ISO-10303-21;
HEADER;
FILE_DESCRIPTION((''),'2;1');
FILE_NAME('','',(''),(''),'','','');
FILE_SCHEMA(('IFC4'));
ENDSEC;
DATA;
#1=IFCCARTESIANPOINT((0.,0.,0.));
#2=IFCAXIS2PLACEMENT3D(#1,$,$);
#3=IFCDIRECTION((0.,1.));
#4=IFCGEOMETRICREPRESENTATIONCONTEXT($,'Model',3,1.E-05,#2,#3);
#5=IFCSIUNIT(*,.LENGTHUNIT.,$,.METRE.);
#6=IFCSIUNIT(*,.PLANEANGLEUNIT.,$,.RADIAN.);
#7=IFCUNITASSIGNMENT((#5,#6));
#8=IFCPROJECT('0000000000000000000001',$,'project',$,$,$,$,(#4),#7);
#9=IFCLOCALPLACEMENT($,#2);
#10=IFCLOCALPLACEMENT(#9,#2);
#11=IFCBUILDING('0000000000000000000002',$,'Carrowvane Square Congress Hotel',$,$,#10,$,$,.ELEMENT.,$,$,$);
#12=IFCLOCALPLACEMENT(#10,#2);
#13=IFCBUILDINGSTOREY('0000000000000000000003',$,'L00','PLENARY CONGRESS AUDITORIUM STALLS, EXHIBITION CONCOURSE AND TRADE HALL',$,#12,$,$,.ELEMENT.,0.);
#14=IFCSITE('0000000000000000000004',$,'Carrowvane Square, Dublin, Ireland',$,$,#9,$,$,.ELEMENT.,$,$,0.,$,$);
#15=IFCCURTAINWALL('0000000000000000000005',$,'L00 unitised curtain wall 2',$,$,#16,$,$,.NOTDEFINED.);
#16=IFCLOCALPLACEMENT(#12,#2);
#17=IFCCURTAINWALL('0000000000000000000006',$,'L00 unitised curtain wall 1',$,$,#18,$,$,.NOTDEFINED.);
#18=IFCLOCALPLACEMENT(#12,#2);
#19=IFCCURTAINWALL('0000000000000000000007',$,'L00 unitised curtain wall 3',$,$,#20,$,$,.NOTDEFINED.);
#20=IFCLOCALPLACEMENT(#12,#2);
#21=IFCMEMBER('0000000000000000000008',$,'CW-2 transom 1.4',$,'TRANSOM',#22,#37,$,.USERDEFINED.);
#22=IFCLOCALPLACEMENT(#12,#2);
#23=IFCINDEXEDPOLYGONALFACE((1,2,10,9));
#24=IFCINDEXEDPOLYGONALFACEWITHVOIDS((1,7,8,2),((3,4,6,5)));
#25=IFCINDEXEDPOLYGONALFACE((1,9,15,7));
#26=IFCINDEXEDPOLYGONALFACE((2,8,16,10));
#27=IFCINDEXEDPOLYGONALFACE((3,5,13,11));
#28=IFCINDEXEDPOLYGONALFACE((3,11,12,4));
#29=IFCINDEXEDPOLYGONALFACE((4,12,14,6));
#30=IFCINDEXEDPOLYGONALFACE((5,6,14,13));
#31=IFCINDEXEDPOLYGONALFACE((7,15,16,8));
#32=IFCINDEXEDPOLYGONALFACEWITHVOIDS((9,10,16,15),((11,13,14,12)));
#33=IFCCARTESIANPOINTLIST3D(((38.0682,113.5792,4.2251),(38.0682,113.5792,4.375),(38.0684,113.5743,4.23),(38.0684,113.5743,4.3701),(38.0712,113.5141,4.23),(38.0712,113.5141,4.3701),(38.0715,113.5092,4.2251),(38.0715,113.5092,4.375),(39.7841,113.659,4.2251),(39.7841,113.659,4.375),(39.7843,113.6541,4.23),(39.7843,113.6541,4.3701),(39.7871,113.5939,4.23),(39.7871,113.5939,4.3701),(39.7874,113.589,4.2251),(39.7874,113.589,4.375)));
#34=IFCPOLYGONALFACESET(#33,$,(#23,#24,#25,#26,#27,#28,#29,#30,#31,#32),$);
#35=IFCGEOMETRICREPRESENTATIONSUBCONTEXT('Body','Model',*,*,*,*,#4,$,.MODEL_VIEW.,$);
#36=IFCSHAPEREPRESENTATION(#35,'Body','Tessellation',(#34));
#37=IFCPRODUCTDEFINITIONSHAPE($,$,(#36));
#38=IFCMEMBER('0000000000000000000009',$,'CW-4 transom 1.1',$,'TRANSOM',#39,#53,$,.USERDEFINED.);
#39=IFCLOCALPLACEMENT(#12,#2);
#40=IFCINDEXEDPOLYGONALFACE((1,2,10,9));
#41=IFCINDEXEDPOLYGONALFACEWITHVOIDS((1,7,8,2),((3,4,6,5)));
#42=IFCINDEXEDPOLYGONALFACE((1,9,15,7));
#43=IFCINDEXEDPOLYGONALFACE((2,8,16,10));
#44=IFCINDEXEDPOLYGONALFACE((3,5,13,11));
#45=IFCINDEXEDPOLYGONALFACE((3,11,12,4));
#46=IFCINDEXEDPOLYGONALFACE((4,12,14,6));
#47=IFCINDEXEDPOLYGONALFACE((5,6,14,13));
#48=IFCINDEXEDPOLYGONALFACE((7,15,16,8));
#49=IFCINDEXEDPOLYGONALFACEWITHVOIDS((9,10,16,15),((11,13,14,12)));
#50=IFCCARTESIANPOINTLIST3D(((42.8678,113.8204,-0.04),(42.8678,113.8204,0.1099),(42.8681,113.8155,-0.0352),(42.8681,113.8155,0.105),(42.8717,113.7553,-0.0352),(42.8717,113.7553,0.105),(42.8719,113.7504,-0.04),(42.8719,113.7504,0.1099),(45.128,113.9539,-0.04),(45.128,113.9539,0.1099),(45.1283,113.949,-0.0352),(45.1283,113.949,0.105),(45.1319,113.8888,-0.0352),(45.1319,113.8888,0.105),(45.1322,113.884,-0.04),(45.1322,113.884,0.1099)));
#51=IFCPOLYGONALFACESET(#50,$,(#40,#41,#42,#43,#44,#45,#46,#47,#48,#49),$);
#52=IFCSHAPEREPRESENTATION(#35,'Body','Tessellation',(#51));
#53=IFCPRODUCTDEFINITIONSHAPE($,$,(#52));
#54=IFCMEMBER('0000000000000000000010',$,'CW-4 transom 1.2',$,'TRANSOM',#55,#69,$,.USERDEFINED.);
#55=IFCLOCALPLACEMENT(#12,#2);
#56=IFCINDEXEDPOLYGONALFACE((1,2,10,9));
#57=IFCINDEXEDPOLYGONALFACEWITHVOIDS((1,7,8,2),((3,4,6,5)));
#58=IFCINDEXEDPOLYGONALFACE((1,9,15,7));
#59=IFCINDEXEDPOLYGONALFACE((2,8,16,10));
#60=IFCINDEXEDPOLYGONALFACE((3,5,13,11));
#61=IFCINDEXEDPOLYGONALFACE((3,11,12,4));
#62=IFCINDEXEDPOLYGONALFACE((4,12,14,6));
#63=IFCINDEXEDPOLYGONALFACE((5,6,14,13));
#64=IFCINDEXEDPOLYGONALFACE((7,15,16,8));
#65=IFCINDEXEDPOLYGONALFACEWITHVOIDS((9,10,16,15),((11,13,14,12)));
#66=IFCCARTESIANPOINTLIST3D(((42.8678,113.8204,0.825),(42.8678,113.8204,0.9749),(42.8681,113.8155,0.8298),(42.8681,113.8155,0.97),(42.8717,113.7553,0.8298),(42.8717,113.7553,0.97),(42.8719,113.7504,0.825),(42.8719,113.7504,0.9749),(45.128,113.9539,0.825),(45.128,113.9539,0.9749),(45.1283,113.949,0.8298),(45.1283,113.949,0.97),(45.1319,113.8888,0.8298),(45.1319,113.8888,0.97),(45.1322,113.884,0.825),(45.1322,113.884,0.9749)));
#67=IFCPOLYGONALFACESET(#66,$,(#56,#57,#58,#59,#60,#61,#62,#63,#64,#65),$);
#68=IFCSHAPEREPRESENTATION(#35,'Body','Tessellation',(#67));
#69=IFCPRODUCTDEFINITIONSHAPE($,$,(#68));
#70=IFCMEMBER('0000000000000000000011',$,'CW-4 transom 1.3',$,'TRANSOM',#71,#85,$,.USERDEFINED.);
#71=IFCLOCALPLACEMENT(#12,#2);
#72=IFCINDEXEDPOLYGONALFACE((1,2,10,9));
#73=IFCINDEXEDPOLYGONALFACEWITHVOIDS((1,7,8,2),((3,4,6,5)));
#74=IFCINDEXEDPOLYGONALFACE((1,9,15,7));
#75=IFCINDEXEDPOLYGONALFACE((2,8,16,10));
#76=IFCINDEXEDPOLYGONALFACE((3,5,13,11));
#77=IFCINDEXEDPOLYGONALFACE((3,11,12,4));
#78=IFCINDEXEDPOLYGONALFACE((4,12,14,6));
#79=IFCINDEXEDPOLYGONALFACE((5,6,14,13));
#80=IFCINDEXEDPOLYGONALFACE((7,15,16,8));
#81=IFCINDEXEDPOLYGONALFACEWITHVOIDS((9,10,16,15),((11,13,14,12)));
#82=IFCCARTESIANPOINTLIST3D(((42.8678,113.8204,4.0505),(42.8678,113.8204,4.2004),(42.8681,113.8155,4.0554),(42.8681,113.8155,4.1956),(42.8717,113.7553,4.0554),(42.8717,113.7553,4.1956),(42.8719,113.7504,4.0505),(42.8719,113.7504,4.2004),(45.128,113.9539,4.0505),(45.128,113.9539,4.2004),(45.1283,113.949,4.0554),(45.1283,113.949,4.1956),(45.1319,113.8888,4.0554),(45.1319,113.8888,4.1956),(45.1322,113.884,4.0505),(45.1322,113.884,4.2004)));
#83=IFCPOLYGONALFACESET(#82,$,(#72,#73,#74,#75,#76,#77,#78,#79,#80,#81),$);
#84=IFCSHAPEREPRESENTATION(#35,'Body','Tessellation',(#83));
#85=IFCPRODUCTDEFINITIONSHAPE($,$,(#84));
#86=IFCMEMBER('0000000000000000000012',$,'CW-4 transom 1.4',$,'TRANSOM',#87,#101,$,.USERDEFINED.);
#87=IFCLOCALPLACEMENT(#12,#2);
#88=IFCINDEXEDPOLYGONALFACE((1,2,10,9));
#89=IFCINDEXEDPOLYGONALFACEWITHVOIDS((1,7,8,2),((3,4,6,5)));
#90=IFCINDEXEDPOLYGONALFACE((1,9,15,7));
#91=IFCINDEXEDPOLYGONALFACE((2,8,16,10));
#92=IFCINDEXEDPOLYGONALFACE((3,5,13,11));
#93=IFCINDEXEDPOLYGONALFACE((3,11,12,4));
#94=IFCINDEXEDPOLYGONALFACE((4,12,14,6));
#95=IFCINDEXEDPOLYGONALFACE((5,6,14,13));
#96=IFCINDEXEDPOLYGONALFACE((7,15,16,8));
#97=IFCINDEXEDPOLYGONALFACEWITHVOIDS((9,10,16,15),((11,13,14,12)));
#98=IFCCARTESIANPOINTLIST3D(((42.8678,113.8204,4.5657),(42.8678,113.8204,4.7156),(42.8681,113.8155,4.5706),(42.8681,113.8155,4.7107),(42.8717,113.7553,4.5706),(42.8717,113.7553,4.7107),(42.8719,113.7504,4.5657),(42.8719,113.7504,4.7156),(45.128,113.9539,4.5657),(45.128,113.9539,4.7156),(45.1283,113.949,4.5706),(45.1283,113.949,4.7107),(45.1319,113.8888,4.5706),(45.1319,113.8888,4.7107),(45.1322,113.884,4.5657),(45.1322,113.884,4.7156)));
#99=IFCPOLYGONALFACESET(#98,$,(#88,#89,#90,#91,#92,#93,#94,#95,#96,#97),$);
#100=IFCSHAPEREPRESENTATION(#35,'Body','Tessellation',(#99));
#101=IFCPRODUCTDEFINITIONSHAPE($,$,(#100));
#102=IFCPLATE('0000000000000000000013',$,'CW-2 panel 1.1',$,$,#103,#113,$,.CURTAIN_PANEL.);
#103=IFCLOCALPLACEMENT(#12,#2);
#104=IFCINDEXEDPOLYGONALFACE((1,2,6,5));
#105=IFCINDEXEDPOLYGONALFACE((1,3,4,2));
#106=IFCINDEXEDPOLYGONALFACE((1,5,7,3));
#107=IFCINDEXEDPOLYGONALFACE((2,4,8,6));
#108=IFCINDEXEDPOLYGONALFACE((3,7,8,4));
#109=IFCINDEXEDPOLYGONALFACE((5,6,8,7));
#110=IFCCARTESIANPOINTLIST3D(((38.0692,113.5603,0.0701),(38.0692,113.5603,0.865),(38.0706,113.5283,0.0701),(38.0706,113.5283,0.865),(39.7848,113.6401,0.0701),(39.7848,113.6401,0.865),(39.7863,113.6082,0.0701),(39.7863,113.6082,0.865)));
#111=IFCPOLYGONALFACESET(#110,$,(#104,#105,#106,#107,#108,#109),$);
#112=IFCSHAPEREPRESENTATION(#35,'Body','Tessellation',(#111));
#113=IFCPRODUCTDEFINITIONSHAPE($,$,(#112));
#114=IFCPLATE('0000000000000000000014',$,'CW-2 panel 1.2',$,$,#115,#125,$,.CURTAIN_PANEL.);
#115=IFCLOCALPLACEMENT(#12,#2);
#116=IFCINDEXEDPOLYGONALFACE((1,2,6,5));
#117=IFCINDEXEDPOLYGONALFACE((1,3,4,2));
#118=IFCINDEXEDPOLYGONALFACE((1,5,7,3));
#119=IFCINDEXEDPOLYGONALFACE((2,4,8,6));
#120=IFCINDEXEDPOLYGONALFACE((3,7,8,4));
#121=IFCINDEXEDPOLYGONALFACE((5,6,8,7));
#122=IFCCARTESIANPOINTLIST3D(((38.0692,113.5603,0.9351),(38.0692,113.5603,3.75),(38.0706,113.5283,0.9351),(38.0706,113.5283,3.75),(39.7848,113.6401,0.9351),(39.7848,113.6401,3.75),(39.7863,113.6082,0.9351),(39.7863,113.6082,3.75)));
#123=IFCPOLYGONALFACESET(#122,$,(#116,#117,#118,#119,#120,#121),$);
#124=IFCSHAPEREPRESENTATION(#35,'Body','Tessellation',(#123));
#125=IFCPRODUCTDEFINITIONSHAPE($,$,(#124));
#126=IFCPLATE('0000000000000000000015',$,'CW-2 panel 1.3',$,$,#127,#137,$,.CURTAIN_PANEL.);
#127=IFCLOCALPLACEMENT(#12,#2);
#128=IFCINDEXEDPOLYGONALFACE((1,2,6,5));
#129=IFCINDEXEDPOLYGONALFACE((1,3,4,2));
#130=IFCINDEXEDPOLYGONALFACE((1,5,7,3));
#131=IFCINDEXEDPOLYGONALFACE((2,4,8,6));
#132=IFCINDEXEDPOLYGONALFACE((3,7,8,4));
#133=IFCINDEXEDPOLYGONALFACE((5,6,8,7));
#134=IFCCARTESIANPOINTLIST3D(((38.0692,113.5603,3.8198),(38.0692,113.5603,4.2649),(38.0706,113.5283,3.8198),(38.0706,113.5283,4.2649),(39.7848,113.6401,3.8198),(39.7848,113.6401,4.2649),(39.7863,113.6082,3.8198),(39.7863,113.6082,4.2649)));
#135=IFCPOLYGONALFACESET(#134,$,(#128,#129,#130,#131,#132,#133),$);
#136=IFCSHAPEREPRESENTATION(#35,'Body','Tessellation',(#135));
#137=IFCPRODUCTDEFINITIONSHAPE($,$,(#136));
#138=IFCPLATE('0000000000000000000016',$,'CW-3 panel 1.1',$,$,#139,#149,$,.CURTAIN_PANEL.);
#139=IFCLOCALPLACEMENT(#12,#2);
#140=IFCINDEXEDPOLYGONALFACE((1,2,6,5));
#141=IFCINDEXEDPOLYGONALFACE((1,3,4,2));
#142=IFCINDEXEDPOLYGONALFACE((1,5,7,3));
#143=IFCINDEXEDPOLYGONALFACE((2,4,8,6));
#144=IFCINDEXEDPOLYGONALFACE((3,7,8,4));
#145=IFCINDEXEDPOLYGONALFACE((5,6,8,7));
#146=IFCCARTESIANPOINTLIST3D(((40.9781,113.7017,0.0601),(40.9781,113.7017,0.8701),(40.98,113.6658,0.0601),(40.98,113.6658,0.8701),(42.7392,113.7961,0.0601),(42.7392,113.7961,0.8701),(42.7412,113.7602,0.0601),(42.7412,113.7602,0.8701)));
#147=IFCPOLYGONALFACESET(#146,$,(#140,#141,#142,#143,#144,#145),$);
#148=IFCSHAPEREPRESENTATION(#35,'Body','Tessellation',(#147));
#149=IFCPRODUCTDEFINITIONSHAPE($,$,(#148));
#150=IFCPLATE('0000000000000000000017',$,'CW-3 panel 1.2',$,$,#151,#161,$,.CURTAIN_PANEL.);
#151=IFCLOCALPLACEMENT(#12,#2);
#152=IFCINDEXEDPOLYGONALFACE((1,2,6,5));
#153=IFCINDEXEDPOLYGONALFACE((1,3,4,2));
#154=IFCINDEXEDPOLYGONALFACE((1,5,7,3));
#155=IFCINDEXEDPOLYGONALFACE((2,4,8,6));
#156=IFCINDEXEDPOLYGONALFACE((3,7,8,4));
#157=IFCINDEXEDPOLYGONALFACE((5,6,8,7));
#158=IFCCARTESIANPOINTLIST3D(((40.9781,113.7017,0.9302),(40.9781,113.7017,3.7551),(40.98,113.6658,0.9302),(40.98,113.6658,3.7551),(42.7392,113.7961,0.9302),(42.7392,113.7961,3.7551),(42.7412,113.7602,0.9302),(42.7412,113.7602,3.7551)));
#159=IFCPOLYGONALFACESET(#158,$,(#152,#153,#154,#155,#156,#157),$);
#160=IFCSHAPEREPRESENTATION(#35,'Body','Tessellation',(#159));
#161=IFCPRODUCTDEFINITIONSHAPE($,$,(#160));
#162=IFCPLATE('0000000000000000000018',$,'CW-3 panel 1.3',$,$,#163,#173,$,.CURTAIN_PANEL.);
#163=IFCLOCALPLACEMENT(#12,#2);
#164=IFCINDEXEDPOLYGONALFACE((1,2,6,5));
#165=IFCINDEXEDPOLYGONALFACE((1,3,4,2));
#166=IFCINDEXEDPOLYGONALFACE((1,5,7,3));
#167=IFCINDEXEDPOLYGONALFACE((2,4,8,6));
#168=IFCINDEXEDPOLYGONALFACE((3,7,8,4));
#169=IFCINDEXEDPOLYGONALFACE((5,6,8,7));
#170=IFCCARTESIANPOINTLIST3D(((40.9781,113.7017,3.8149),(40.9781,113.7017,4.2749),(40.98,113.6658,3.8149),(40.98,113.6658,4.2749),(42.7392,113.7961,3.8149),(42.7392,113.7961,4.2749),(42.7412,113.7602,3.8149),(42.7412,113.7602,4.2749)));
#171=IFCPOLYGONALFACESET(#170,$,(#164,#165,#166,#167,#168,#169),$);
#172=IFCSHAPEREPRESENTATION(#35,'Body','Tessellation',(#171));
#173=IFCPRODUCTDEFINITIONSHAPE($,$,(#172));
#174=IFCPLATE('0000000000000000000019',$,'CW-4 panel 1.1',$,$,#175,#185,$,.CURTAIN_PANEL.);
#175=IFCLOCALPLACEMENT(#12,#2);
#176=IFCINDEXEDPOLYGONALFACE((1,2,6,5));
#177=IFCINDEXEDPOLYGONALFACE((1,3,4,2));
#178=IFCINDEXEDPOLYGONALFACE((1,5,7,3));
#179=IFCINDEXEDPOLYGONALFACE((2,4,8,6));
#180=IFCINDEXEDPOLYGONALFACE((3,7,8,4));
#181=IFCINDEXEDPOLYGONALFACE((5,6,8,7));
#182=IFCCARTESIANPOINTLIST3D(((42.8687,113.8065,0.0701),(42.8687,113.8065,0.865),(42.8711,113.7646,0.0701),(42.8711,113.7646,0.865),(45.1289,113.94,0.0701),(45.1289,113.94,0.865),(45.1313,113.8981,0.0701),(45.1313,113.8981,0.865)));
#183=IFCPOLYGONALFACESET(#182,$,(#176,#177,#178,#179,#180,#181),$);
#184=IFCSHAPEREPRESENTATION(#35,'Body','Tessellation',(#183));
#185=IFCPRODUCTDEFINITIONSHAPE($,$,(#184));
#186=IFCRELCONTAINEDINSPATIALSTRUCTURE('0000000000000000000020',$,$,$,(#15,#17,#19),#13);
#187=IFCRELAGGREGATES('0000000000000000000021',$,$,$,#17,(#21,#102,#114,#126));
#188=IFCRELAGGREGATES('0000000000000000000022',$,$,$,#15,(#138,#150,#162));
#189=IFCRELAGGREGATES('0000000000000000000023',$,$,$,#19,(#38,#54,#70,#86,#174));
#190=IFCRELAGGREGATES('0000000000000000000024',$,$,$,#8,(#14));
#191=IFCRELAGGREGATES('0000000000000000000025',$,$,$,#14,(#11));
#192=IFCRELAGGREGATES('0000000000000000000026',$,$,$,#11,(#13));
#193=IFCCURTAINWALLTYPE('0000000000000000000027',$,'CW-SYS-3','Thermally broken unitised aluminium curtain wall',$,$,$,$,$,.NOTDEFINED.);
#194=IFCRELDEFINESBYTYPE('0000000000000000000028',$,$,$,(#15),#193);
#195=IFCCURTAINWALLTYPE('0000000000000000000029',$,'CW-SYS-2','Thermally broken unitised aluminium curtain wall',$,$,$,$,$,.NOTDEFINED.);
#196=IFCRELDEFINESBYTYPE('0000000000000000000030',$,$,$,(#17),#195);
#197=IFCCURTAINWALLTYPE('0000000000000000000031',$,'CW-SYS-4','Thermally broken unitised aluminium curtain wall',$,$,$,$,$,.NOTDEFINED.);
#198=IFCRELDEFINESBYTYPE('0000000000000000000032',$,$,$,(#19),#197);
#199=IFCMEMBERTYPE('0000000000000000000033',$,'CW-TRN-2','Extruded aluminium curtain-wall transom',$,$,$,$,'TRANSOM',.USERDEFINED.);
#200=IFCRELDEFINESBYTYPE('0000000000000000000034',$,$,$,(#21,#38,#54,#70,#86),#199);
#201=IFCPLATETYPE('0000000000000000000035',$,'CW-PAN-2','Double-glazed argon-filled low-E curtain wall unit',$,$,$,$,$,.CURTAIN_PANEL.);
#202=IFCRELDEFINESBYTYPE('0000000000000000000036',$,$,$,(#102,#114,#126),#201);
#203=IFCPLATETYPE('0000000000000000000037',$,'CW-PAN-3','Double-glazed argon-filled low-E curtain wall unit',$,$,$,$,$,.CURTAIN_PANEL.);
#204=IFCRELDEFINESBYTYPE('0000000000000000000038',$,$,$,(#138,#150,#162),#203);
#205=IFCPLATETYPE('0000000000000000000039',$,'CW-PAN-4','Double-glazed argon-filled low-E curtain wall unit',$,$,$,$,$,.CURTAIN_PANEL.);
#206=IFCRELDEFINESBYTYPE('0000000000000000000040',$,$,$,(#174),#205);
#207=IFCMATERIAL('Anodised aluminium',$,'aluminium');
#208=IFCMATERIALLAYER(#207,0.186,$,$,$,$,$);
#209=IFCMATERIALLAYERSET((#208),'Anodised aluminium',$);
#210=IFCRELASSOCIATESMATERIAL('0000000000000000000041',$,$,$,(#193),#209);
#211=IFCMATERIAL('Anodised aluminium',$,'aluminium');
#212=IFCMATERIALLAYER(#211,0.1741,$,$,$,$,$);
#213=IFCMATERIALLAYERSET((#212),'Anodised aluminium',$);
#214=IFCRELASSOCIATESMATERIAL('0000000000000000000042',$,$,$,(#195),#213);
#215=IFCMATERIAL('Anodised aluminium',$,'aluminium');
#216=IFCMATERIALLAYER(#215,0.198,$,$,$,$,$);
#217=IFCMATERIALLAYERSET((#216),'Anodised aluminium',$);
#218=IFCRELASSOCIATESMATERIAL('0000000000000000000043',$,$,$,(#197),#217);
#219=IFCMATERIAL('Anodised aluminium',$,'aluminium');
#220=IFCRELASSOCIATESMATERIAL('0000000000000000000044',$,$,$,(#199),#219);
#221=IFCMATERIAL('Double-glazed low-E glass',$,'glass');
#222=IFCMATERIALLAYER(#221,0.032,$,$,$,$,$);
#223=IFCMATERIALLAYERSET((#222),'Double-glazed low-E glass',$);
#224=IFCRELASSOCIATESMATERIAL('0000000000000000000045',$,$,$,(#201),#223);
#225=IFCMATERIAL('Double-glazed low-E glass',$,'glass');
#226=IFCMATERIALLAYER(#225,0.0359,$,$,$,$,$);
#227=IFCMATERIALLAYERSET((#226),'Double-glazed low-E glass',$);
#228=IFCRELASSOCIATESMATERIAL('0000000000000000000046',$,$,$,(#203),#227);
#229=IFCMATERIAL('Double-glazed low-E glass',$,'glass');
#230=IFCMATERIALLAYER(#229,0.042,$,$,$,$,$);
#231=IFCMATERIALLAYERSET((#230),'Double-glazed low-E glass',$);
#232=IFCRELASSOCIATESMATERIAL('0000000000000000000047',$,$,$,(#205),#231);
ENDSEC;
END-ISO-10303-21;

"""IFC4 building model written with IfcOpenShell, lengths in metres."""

from ifc_helpers import new_model, si_unit, direction, frame, origin, origin_2d, place, context, subcontext, project, spatial, rectangle, hollow_rectangle, extrude, material, layer, layer_set, material_profile, profile_set, type_object, element, aggregate, save


model = new_model("IFC4")

# Units and contexts
model_context = context("Model", 3, precision=1e-05, world=origin(), true_north=direction((0.0, 1.0)))
body_context = subcontext(model_context, "Body", "Model", "MODEL_VIEW")
ifc_project = project(units=[si_unit("LENGTHUNIT", "METRE"), si_unit("PLANEANGLEUNIT", "RADIAN")], contexts=[model_context])

# Site, building, storey
site_placement = place(None, origin())
site = spatial("IfcSite", under=ifc_project, at=site_placement, Name="Carrowvane Square, Dublin, Ireland", CompositionType="ELEMENT", RefElevation=0.0)
building_placement = place(site_placement, origin())
building = spatial("IfcBuilding", under=site, at=building_placement, Name="Carrowvane Square Congress Hotel", CompositionType="ELEMENT")
storey_placement = place(building_placement, origin())
storey = spatial("IfcBuildingStorey", under=building, at=storey_placement, Name="L00", Description="PLENARY CONGRESS AUDITORIUM STALLS, EXHIBITION CONCOURSE AND TRADE HALL", CompositionType="ELEMENT", Elevation=0.0)

# Curtain wall
ifc_material_1 = material(Name="Anodised aluminium", Category="aluminium")
ifc_layer_1 = layer(ifc_material_1, 0.186)
ifc_layer_set_1 = layer_set([ifc_layer_1], Name="Anodised aluminium")
curtain_wall_type_1 = type_object("IfcCurtainWallType", Name="CW-SYS-3", Description="Thermally broken unitised aluminium curtain wall", PredefinedType="NOTDEFINED", material=ifc_layer_set_1)
curtain_wall_1_placement = place(storey_placement, origin())
curtain_wall_1 = element("IfcCurtainWall", 1, at=curtain_wall_1_placement, inside=storey, type_object=curtain_wall_type_1, Name="L00 unitised curtain wall 2", PredefinedType="NOTDEFINED")

# Curtain wall
ifc_material_2 = material(Name="Anodised aluminium", Category="aluminium")
ifc_layer_2 = layer(ifc_material_2, 0.1741)
ifc_layer_set_2 = layer_set([ifc_layer_2], Name="Anodised aluminium")
curtain_wall_type_2 = type_object("IfcCurtainWallType", Name="CW-SYS-2", Description="Thermally broken unitised aluminium curtain wall", PredefinedType="NOTDEFINED", material=ifc_layer_set_2)
curtain_wall_2_placement = place(storey_placement, origin())
curtain_wall_2 = element("IfcCurtainWall", 2, at=curtain_wall_2_placement, inside=storey, type_object=curtain_wall_type_2, Name="L00 unitised curtain wall 1", PredefinedType="NOTDEFINED")

# Curtain wall
ifc_material_3 = material(Name="Anodised aluminium", Category="aluminium")
ifc_layer_3 = layer(ifc_material_3, 0.198)
ifc_layer_set_3 = layer_set([ifc_layer_3], Name="Anodised aluminium")
curtain_wall_type_3 = type_object("IfcCurtainWallType", Name="CW-SYS-4", Description="Thermally broken unitised aluminium curtain wall", PredefinedType="NOTDEFINED", material=ifc_layer_set_3)
curtain_wall_3_placement = place(storey_placement, origin())
curtain_wall_3 = element("IfcCurtainWall", 3, at=curtain_wall_3_placement, inside=storey, type_object=curtain_wall_type_3, Name="L00 unitised curtain wall 3", PredefinedType="NOTDEFINED")

# Members
ifc_material_4 = material(Name="Anodised aluminium", Category="aluminium")
ifc_material_profile_1 = material_profile(ifc_material_4, hollow_rectangle(XDim=0.0701, YDim=0.1499, WallThickness=0.0049, at=origin_2d()), Name="CW-TR 70x150x5")
ifc_profile_set_1 = profile_set([ifc_material_profile_1], Name="Anodised aluminium")
member_type_1 = type_object("IfcMemberType", Name="CW-TRN-2", Description="Extruded aluminium curtain-wall transom", ElementType="TRANSOM", PredefinedType="USERDEFINED", material=ifc_profile_set_1)
member_1_placement = place(storey_placement, frame((38.0698, 113.5442, 4.3), z_axis=(0.998919, 0.046478, 0.0), x_axis=(-0.046478, 0.998919, 0.0)))
member_1 = element("IfcMember", 4, at=member_1_placement, type_object=member_type_1, Name="CW-2 transom 1.4", ObjectType="TRANSOM", PredefinedType="USERDEFINED", context=body_context, shape_type="SweptSolid", body=[
    extrude(hollow_rectangle(XDim=0.0701, YDim=0.1499, WallThickness=0.0049, at=origin_2d()), origin(), (0.0, 0.0, 1.0), 1.7178),
])
member_2_placement = place(storey_placement, frame((42.8699, 113.7854, 0.0349), z_axis=(0.998259, 0.058981, 0.0), x_axis=(-0.058981, 0.998259, 0.0)))
member_2 = element("IfcMember", 5, at=member_2_placement, type_object=member_type_1, Name="CW-4 transom 1.1", ObjectType="TRANSOM", PredefinedType="USERDEFINED", context=body_context, shape_type="SweptSolid", body=[
    extrude(hollow_rectangle(XDim=0.0701, YDim=0.1499, WallThickness=0.0049, at=origin_2d()), origin(), (0.0, 0.0, 1.0), 2.2642),
])
member_3_placement = place(storey_placement, frame((42.8699, 113.7854, 0.8999), z_axis=(0.998259, 0.058981, 0.0), x_axis=(-0.058981, 0.998259, 0.0)))
member_3 = element("IfcMember", 6, at=member_3_placement, type_object=member_type_1, Name="CW-4 transom 1.2", ObjectType="TRANSOM", PredefinedType="USERDEFINED", context=body_context, shape_type="SweptSolid", body=[
    extrude(hollow_rectangle(XDim=0.0701, YDim=0.1499, WallThickness=0.0049, at=origin_2d()), origin(), (0.0, 0.0, 1.0), 2.2642),
])
member_4_placement = place(storey_placement, frame((42.8699, 113.7854, 4.1255), z_axis=(0.998259, 0.058981, 0.0), x_axis=(-0.058981, 0.998259, 0.0)))
member_4 = element("IfcMember", 7, at=member_4_placement, type_object=member_type_1, Name="CW-4 transom 1.3", ObjectType="TRANSOM", PredefinedType="USERDEFINED", context=body_context, shape_type="SweptSolid", body=[
    extrude(hollow_rectangle(XDim=0.0701, YDim=0.1499, WallThickness=0.0049, at=origin_2d()), origin(), (0.0, 0.0, 1.0), 2.2642),
])
member_5_placement = place(storey_placement, frame((42.8699, 113.7854, 4.6406), z_axis=(0.998259, 0.058981, 0.0), x_axis=(-0.058981, 0.998259, 0.0)))
member_5 = element("IfcMember", 8, at=member_5_placement, type_object=member_type_1, Name="CW-4 transom 1.4", ObjectType="TRANSOM", PredefinedType="USERDEFINED", context=body_context, shape_type="SweptSolid", body=[
    extrude(hollow_rectangle(XDim=0.0701, YDim=0.1499, WallThickness=0.0049, at=origin_2d()), origin(), (0.0, 0.0, 1.0), 2.2642),
])

# Plates
ifc_material_5 = material(Name="Double-glazed low-E glass", Category="glass")
ifc_layer_4 = layer(ifc_material_5, 0.032)
ifc_layer_set_4 = layer_set([ifc_layer_4], Name="Double-glazed low-E glass")
plate_type_1 = type_object("IfcPlateType", Name="CW-PAN-2", Description="Double-glazed argon-filled low-E curtain wall unit", PredefinedType="CURTAIN_PANEL", material=ifc_layer_set_4)
plate_1_placement = place(storey_placement, frame((38.9277, 113.5842, 0.0701), z_axis=(0.0, 0.0, 1.0), x_axis=(0.998917, 0.046517, 0.0)))
plate_1 = element("IfcPlate", 9, at=plate_1_placement, type_object=plate_type_1, Name="CW-2 panel 1.1", PredefinedType="CURTAIN_PANEL", context=body_context, shape_type="SweptSolid", body=[
    extrude(rectangle(XDim=1.7175, YDim=0.032, at=origin_2d()), origin(), (0.0, 0.0, 1.0), 0.7949),
])
plate_2_placement = place(storey_placement, frame((38.9277, 113.5842, 0.9351), z_axis=(0.0, 0.0, 1.0), x_axis=(0.998917, 0.046517, 0.0)))
plate_2 = element("IfcPlate", 10, at=plate_2_placement, type_object=plate_type_1, Name="CW-2 panel 1.2", PredefinedType="CURTAIN_PANEL", context=body_context, shape_type="SweptSolid", body=[
    extrude(rectangle(XDim=1.7175, YDim=0.032, at=origin_2d()), origin(), (0.0, 0.0, 1.0), 2.8149),
])
plate_3_placement = place(storey_placement, frame((38.9277, 113.5842, 3.8198), z_axis=(0.0, 0.0, 1.0), x_axis=(0.998917, 0.046517, 0.0)))
plate_3 = element("IfcPlate", 11, at=plate_3_placement, type_object=plate_type_1, Name="CW-2 panel 1.3", PredefinedType="CURTAIN_PANEL", context=body_context, shape_type="SweptSolid", body=[
    extrude(rectangle(XDim=1.7175, YDim=0.032, at=origin_2d()), origin(), (0.0, 0.0, 1.0), 0.4451),
])
aggregate(curtain_wall_2, [member_1, plate_1, plate_2, plate_3])
ifc_material_6 = material(Name="Double-glazed low-E glass", Category="glass")
ifc_layer_5 = layer(ifc_material_6, 0.0359)
ifc_layer_set_5 = layer_set([ifc_layer_5], Name="Double-glazed low-E glass")
plate_type_2 = type_object("IfcPlateType", Name="CW-PAN-3", Description="Double-glazed argon-filled low-E curtain wall unit", PredefinedType="CURTAIN_PANEL", material=ifc_layer_set_5)
plate_4_placement = place(storey_placement, frame((41.8596, 113.731, 0.0601), z_axis=(0.0, 0.0, 1.0), x_axis=(0.998567, 0.053515, 0.0)))
plate_4 = element("IfcPlate", 12, at=plate_4_placement, type_object=plate_type_2, Name="CW-3 panel 1.1", PredefinedType="CURTAIN_PANEL", context=body_context, shape_type="SweptSolid", body=[
    extrude(rectangle(XDim=1.7637, YDim=0.0359, at=origin_2d()), origin(), (0.0, 0.0, 1.0), 0.8101),
])
plate_5_placement = place(storey_placement, frame((41.8596, 113.731, 0.9302), z_axis=(0.0, 0.0, 1.0), x_axis=(0.998567, 0.053515, 0.0)))
plate_5 = element("IfcPlate", 13, at=plate_5_placement, type_object=plate_type_2, Name="CW-3 panel 1.2", PredefinedType="CURTAIN_PANEL", context=body_context, shape_type="SweptSolid", body=[
    extrude(rectangle(XDim=1.7637, YDim=0.0359, at=origin_2d()), origin(), (0.0, 0.0, 1.0), 2.825),
])
plate_6_placement = place(storey_placement, frame((41.8596, 113.731, 3.8149), z_axis=(0.0, 0.0, 1.0), x_axis=(0.998567, 0.053515, 0.0)))
plate_6 = element("IfcPlate", 14, at=plate_6_placement, type_object=plate_type_2, Name="CW-3 panel 1.3", PredefinedType="CURTAIN_PANEL", context=body_context, shape_type="SweptSolid", body=[
    extrude(rectangle(XDim=1.7637, YDim=0.0359, at=origin_2d()), origin(), (0.0, 0.0, 1.0), 0.46),
])
aggregate(curtain_wall_1, [plate_4, plate_5, plate_6])
ifc_material_7 = material(Name="Double-glazed low-E glass", Category="glass")
ifc_layer_6 = layer(ifc_material_7, 0.042)
ifc_layer_set_6 = layer_set([ifc_layer_6], Name="Double-glazed low-E glass")
plate_type_3 = type_object("IfcPlateType", Name="CW-PAN-4", Description="Double-glazed argon-filled low-E curtain wall unit", PredefinedType="CURTAIN_PANEL", material=ifc_layer_set_6)
plate_7_placement = place(storey_placement, frame((44.0, 113.8523, 0.0701), z_axis=(0.0, 0.0, 1.0), x_axis=(0.998259, 0.058989, 0.0)))
plate_7 = element("IfcPlate", 15, at=plate_7_placement, type_object=plate_type_3, Name="CW-4 panel 1.1", PredefinedType="CURTAIN_PANEL", context=body_context, shape_type="SweptSolid", body=[
    extrude(rectangle(XDim=2.2642, YDim=0.042, at=origin_2d()), origin(), (0.0, 0.0, 1.0), 0.7949),
])
aggregate(curtain_wall_3, [member_2, member_3, member_4, member_5, plate_7])

save(model, "model.ifc")
